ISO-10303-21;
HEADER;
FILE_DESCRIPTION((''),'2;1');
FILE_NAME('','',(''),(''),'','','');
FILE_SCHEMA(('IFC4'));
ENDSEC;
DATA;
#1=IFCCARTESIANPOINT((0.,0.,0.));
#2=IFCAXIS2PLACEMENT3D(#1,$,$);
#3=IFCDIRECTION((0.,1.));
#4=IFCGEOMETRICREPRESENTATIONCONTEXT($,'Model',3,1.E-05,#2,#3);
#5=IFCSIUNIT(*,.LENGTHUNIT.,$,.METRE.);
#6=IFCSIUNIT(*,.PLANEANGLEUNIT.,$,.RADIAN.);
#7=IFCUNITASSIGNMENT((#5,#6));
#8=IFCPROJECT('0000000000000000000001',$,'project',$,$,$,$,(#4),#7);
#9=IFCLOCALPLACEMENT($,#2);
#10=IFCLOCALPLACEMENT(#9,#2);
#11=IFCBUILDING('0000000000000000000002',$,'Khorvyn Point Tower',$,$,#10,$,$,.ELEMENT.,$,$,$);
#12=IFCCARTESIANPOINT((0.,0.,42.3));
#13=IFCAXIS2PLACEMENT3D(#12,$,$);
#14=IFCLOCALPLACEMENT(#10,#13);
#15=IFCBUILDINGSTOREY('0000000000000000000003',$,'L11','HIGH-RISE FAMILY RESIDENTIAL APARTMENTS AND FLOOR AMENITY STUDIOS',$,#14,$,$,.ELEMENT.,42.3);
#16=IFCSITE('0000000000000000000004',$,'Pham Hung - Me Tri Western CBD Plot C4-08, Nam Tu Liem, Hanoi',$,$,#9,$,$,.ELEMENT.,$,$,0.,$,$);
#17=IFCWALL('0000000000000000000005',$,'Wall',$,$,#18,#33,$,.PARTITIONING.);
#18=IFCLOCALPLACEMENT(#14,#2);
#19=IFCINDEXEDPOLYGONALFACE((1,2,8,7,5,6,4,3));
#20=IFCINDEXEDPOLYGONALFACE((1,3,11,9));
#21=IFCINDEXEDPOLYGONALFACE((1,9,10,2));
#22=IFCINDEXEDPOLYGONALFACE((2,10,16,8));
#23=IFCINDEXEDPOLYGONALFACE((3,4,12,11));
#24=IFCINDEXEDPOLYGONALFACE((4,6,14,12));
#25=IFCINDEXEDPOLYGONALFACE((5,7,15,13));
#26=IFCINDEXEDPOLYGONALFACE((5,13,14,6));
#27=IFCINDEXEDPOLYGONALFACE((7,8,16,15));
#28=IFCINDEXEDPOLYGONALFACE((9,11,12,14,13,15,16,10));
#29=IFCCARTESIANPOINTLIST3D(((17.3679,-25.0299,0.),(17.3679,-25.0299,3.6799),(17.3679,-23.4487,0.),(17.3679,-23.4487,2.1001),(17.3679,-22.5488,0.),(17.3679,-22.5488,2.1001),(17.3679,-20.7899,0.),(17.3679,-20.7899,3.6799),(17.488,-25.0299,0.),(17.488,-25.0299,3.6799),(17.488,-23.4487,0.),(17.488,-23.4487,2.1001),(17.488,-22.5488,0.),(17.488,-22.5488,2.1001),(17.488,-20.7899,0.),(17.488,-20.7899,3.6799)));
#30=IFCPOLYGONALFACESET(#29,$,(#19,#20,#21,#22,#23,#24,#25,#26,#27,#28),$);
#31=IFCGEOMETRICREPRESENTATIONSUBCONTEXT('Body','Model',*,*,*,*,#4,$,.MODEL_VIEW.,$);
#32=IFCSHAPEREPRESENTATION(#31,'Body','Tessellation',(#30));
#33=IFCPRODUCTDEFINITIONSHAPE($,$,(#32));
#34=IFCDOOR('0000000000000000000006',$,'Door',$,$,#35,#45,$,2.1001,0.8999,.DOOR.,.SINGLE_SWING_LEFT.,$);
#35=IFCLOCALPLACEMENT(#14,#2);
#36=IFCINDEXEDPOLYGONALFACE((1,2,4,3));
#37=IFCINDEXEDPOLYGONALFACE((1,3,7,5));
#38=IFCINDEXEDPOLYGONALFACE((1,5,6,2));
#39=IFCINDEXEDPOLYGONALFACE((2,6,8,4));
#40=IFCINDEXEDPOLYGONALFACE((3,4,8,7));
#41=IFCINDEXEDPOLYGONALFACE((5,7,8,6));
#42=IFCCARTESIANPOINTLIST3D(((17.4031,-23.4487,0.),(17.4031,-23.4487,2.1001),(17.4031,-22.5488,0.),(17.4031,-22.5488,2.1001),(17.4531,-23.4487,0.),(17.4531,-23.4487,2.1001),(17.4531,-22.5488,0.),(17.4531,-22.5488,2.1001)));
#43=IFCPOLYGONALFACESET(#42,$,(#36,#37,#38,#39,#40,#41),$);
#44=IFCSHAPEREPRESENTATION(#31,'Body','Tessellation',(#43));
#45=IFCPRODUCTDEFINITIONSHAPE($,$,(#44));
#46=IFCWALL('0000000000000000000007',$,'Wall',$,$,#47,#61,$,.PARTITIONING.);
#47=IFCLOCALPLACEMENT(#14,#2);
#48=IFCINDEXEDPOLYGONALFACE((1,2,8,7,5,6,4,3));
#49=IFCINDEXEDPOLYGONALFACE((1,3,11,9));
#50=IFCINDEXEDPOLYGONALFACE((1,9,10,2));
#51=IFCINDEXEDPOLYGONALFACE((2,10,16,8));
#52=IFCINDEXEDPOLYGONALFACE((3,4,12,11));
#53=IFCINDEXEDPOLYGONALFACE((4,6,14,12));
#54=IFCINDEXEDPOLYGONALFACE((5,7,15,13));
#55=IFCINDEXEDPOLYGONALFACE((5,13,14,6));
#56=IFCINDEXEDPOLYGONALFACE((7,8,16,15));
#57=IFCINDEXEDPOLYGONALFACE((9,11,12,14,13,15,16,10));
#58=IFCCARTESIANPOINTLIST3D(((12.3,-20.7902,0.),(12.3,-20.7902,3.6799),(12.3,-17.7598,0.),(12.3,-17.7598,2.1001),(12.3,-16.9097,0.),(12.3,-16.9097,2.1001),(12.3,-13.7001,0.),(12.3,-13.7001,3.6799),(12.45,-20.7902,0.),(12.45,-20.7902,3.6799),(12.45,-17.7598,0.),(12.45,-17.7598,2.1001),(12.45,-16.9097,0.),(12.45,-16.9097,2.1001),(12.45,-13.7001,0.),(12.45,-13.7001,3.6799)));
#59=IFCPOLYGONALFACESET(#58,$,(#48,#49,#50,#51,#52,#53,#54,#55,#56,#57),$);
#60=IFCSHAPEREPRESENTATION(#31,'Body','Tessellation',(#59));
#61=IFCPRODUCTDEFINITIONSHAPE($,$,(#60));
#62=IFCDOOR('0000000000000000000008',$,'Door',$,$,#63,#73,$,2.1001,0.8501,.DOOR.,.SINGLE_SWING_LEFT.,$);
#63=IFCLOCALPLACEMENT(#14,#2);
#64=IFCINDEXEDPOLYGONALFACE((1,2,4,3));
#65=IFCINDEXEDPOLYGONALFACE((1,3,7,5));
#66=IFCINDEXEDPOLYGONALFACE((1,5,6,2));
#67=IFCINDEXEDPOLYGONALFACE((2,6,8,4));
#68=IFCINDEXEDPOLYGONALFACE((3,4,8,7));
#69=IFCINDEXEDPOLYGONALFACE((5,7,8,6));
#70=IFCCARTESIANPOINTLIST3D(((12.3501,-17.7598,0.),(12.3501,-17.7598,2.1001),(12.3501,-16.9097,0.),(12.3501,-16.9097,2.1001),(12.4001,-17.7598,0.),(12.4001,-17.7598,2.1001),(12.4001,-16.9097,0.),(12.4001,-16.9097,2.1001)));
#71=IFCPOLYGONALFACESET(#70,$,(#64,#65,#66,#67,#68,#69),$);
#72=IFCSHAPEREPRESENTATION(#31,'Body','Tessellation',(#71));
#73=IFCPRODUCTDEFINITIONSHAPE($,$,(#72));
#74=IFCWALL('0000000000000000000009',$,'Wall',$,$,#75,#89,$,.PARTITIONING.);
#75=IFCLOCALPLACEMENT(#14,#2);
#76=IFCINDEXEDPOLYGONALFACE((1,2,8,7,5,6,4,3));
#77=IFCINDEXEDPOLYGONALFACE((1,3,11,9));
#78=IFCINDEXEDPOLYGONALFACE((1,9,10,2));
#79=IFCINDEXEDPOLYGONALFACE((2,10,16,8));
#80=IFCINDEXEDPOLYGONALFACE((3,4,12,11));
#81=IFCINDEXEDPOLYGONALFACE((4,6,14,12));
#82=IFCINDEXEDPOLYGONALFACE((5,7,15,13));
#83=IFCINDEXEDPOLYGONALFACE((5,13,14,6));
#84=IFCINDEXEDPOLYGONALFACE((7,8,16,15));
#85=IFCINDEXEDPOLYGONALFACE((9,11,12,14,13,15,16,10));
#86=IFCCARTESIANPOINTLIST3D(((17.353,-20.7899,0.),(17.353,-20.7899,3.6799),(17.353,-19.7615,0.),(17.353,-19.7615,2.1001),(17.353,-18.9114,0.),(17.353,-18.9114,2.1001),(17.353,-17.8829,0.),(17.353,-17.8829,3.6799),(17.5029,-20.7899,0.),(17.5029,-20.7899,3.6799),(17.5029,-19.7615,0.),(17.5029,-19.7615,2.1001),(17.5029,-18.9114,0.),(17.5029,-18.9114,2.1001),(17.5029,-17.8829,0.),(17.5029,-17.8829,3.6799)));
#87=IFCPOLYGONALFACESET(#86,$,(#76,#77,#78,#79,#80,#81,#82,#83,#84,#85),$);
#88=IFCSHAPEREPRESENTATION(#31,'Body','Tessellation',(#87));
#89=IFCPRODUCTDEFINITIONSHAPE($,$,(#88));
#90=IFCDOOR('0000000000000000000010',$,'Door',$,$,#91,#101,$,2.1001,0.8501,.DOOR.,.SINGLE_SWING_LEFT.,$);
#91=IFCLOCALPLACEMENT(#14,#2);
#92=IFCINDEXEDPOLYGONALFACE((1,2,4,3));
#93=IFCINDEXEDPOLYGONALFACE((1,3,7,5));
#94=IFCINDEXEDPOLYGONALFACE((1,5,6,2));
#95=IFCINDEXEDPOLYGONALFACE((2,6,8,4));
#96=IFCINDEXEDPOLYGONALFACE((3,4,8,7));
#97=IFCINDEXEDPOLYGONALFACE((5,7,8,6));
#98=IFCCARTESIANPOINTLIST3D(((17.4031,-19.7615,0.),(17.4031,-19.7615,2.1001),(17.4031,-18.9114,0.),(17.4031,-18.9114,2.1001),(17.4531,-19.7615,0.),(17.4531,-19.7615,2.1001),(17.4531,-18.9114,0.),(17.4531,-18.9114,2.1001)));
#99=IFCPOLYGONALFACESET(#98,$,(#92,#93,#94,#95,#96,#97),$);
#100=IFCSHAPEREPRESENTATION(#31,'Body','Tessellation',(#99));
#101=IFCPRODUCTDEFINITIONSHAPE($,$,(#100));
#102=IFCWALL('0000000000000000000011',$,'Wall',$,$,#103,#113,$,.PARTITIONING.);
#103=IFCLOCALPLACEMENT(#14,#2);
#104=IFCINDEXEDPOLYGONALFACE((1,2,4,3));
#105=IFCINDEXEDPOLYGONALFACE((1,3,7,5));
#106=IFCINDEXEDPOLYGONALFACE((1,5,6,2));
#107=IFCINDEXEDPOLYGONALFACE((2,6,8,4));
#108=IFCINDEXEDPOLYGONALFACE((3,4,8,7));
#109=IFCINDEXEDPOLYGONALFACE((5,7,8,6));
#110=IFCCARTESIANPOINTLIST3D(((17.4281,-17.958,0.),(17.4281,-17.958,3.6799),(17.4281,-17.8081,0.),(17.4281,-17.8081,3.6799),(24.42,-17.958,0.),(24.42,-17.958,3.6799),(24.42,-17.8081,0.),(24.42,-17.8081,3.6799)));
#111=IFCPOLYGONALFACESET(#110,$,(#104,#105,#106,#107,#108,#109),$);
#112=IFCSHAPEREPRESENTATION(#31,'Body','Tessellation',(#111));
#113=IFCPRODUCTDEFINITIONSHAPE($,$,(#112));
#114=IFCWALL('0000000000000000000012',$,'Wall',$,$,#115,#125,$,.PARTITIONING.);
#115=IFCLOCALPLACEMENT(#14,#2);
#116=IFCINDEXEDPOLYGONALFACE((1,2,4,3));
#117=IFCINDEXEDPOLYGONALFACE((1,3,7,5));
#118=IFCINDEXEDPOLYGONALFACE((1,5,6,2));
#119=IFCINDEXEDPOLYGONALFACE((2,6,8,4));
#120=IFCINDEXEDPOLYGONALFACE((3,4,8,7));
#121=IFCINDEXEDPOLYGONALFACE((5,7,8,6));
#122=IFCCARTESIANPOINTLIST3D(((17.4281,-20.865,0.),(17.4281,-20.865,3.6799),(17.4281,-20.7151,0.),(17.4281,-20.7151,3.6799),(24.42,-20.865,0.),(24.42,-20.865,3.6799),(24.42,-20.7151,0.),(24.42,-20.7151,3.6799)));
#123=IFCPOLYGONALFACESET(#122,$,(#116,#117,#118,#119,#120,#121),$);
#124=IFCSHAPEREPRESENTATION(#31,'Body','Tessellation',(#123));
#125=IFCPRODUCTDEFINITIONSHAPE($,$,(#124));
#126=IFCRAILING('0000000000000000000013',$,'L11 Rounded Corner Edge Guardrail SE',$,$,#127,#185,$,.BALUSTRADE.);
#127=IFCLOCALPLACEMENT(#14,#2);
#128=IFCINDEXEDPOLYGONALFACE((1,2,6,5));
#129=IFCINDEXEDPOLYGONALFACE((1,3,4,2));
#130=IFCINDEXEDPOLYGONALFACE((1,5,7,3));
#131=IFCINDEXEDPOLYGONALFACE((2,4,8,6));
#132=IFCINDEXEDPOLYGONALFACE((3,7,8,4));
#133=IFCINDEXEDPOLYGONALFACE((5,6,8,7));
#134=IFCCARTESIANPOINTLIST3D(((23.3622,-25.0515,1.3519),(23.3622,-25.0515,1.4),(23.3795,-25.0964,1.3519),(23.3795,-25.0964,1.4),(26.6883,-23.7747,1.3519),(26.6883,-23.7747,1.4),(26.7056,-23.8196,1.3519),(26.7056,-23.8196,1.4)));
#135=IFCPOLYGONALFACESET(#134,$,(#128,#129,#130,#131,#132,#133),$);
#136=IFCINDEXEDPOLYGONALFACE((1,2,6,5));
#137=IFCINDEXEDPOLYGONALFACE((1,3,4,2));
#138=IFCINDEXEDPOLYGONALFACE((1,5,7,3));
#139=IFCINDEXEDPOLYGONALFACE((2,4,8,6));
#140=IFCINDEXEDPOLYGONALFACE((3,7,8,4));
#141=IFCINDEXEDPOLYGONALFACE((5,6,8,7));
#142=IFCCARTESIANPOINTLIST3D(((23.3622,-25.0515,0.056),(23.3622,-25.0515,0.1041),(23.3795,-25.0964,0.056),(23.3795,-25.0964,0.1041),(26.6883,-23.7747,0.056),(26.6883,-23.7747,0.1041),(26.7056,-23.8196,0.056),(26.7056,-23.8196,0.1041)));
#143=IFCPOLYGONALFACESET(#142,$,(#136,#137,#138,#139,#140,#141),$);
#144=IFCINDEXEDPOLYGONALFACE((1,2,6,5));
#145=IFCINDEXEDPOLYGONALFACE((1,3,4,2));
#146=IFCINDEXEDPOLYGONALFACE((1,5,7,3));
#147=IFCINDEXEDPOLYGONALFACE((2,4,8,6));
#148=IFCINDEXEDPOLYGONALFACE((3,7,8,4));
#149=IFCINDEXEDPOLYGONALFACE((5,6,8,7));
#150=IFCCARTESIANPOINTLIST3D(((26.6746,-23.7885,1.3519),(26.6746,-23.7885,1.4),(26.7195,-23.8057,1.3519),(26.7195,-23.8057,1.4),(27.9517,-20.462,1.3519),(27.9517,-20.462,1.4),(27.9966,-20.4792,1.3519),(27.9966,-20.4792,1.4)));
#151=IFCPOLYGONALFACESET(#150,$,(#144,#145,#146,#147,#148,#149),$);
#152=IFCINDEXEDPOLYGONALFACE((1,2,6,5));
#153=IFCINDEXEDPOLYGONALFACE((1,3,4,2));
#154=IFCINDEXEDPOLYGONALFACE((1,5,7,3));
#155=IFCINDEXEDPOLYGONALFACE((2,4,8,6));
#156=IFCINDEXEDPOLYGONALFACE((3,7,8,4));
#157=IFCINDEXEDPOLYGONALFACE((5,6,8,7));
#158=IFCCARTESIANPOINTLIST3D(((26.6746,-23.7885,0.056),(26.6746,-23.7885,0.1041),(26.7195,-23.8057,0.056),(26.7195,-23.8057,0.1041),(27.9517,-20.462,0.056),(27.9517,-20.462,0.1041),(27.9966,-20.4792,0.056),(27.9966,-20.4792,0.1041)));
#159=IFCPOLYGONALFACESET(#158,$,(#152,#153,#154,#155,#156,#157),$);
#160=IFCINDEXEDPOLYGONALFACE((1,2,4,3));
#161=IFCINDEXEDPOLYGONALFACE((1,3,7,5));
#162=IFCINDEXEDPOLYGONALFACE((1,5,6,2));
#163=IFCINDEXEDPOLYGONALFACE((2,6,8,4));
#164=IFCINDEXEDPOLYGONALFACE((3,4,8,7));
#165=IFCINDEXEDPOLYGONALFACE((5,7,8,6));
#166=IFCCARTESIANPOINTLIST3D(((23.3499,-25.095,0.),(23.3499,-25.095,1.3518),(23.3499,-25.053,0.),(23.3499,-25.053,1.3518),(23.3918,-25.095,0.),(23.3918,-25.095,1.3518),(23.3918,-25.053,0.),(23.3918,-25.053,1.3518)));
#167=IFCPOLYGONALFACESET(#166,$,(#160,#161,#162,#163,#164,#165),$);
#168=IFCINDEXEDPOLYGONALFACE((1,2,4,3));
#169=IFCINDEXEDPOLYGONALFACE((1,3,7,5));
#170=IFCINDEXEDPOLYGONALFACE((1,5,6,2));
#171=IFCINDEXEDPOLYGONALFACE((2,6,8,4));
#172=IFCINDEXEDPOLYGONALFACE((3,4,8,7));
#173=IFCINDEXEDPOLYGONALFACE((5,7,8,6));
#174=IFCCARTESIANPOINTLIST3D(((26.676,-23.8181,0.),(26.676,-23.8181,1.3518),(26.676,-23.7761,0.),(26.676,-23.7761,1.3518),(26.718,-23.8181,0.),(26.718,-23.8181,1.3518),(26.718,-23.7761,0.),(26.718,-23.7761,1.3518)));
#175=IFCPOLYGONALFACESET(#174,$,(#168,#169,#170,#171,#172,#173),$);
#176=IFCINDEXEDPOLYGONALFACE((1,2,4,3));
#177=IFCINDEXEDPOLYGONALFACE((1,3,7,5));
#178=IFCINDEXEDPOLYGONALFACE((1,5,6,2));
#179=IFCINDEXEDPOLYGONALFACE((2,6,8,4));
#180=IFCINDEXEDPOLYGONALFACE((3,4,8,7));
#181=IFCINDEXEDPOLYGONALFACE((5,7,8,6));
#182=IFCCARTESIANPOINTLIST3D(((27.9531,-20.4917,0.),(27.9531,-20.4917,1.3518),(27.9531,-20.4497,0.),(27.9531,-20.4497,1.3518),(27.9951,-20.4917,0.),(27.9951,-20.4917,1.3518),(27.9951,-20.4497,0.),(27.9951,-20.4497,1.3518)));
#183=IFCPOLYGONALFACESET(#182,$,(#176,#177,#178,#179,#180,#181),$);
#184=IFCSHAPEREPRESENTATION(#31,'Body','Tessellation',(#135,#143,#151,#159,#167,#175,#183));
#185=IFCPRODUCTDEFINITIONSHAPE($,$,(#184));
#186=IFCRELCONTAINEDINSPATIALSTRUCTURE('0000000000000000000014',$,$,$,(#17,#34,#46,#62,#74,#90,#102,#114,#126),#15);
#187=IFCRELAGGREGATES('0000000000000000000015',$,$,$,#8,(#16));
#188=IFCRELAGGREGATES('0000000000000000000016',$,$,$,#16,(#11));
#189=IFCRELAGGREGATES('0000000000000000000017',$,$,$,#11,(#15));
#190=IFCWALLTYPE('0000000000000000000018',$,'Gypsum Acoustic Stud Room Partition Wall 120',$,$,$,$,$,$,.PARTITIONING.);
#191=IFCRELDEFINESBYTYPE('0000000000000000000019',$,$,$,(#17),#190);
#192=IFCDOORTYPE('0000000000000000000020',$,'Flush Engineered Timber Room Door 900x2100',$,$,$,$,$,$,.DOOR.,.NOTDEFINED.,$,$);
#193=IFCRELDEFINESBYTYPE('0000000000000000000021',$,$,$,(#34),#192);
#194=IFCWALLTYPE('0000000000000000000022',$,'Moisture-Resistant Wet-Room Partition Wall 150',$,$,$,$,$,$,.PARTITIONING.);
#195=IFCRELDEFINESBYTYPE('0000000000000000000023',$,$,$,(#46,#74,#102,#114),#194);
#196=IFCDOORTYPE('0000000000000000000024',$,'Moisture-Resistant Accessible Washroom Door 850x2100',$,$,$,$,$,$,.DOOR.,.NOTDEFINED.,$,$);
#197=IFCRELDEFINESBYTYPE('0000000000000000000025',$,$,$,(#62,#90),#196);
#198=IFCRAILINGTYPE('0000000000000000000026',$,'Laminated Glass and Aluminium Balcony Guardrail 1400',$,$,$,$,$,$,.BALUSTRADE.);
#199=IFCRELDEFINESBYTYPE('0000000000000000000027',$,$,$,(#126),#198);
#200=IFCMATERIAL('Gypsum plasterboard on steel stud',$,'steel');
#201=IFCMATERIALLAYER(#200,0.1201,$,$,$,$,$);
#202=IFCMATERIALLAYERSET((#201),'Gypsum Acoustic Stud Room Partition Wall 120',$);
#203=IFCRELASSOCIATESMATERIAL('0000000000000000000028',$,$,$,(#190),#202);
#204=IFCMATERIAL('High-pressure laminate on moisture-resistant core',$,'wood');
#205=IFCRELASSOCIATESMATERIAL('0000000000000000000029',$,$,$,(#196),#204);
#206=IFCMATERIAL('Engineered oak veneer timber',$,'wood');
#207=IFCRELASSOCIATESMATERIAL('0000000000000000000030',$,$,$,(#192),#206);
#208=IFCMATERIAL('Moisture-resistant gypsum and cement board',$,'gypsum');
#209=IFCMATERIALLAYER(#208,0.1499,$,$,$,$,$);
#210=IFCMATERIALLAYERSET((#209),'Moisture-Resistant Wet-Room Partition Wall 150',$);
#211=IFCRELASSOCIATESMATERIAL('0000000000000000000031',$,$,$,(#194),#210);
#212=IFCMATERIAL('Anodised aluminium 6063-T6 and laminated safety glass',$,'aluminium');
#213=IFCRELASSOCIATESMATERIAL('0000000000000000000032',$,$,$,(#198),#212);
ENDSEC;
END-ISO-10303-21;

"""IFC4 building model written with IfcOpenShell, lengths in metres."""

from ifc_helpers import new_model, si_unit, direction, frame, frame_2d, origin, origin_2d, place, context, subcontext, project, spatial, rectangle, extrude, material, layer, layer_set, type_object, element, fill, save


model = new_model("IFC4")

# Units and contexts
model_context = context("Model", 3, precision=1e-05, world=origin(), true_north=direction((0.0, 1.0)))
body_context = subcontext(model_context, "Body", "Model", "MODEL_VIEW")
ifc_project = project(units=[si_unit("LENGTHUNIT", "METRE"), si_unit("PLANEANGLEUNIT", "RADIAN")], contexts=[model_context])

# Site, building, storey
site_placement = place(None, origin())
site = spatial("IfcSite", under=ifc_project, at=site_placement, Name="Pham Hung - Me Tri Western CBD Plot C4-08, Nam Tu Liem, Hanoi", CompositionType="ELEMENT", RefElevation=0.0)
building_placement = place(site_placement, origin())
building = spatial("IfcBuilding", under=site, at=building_placement, Name="Khorvyn Point Tower", CompositionType="ELEMENT")
storey_placement = place(building_placement, frame((0.0, 0.0, 42.3)))
storey = spatial("IfcBuildingStorey", under=building, at=storey_placement, Name="L11", Description="HIGH-RISE FAMILY RESIDENTIAL APARTMENTS AND FLOOR AMENITY STUDIOS", CompositionType="ELEMENT", Elevation=42.3)

# Walls, openings, doors
ifc_material_1 = material(Name="Gypsum plasterboard on steel stud", Category="steel")
ifc_layer_1 = layer(ifc_material_1, 0.1201)
ifc_layer_set_1 = layer_set([ifc_layer_1], Name="Gypsum Acoustic Stud Room Partition Wall 120")
wall_type_1 = type_object("IfcWallType", Name="Gypsum Acoustic Stud Room Partition Wall 120", PredefinedType="PARTITIONING", material=ifc_layer_set_1)
ifc_material_2 = material(Name="High-pressure laminate on moisture-resistant core", Category="wood")
door_type_1 = type_object("IfcDoorType", Name="Moisture-Resistant Accessible Washroom Door 850x2100", OperationType="NOTDEFINED", PredefinedType="DOOR", material=ifc_material_2)
wall_1_placement = place(storey_placement, frame((17.428, -25.03, 0.0), z_axis=(0.0, 0.0, 1.0), x_axis=(0.0, 1.0, 0.0)))
wall_1 = element("IfcWall", 1, at=wall_1_placement, inside=storey, type_object=wall_type_1, Name="Wall", PredefinedType="PARTITIONING", context=body_context, shape_type="SweptSolid", body=[
    extrude(rectangle(XDim=4.24, YDim=0.1201, at=frame_2d((2.1201, 0.0))), origin(), (0.0, 0.0, 1.0), 3.6799),
])
opening_1_placement = place(wall_1_placement, frame((1.5813, 0.0, 0.0)))
opening_1 = element("IfcOpeningElement", 2, at=opening_1_placement, cuts=wall_1, PredefinedType="OPENING", context=body_context, shape_type="SweptSolid", body=[
    extrude(rectangle(XDim=0.8999, YDim=2.1001, at=frame_2d((0.45, 1.05))), frame((0.0, 0.0701, 0.0), z_axis=(0.0, -1.0, 0.0), x_axis=(1.0, 0.0, 0.0)), (0.0, 0.0, 1.0), 0.1401),
])
ifc_material_3 = material(Name="Engineered oak veneer timber", Category="wood")
door_type_2 = type_object("IfcDoorType", Name="Flush Engineered Timber Room Door 900x2100", OperationType="NOTDEFINED", PredefinedType="DOOR", material=ifc_material_3)
door_1_placement = place(opening_1_placement, origin())
door_1 = element("IfcDoor", 3, at=door_1_placement, inside=storey, type_object=door_type_2, Name="Door", OperationType="SINGLE_SWING_LEFT", OverallHeight=2.1001, OverallWidth=0.8999, PredefinedType="DOOR", context=body_context, shape_type="SweptSolid", body=[
    extrude(rectangle(XDim=0.8999, YDim=2.1001, at=frame_2d((0.45, 1.05))), frame((0.0, 0.0249, 0.0), z_axis=(0.0, -1.0, 0.0), x_axis=(1.0, 0.0, 0.0)), (0.0, 0.0, 1.0), 0.05),
])
fill(opening_1, door_1)
ifc_material_4 = material(Name="Moisture-resistant gypsum and cement board", Category="gypsum")
ifc_layer_2 = layer(ifc_material_4, 0.1499)
ifc_layer_set_2 = layer_set([ifc_layer_2], Name="Moisture-Resistant Wet-Room Partition Wall 150")
wall_type_2 = type_object("IfcWallType", Name="Moisture-Resistant Wet-Room Partition Wall 150", PredefinedType="PARTITIONING", material=ifc_layer_set_2)
wall_2_placement = place(storey_placement, frame((12.375, -20.79, 0.0), z_axis=(0.0, 0.0, 1.0), x_axis=(0.0, 1.0, 0.0)))
wall_2 = element("IfcWall", 4, at=wall_2_placement, inside=storey, type_object=wall_type_2, Name="Wall", PredefinedType="PARTITIONING", context=body_context, shape_type="SweptSolid", body=[
    extrude(rectangle(XDim=7.0901, YDim=0.1499, at=frame_2d((3.5449, 0.0))), origin(), (0.0, 0.0, 1.0), 3.6799),
])
opening_2_placement = place(wall_2_placement, frame((3.0303, 0.0, 0.0)))
opening_2 = element("IfcOpeningElement", 5, at=opening_2_placement, cuts=wall_2, PredefinedType="OPENING", context=body_context, shape_type="SweptSolid", body=[
    extrude(rectangle(XDim=0.8501, YDim=2.1001, at=frame_2d((0.425, 1.05))), frame((0.0, 0.085, 0.0), z_axis=(0.0, -1.0, 0.0), x_axis=(1.0, 0.0, 0.0)), (0.0, 0.0, 1.0), 0.1699),
])
door_2_placement = place(opening_2_placement, origin())
door_2 = element("IfcDoor", 6, at=door_2_placement, inside=storey, type_object=door_type_1, Name="Door", OperationType="SINGLE_SWING_LEFT", OverallHeight=2.1001, OverallWidth=0.8501, PredefinedType="DOOR", context=body_context, shape_type="SweptSolid", body=[
    extrude(rectangle(XDim=0.8501, YDim=2.1001, at=frame_2d((0.425, 1.05))), frame((0.0, 0.0249, 0.0), z_axis=(0.0, -1.0, 0.0), x_axis=(1.0, 0.0, 0.0)), (0.0, 0.0, 1.0), 0.05),
])
fill(opening_2, door_2)
wall_3_placement = place(storey_placement, frame((17.428, -20.79, 0.0), z_axis=(0.0, 0.0, 1.0), x_axis=(0.0, 1.0, 0.0)))
wall_3 = element("IfcWall", 7, at=wall_3_placement, inside=storey, type_object=wall_type_2, Name="Wall", PredefinedType="PARTITIONING", context=body_context, shape_type="SweptSolid", body=[
    extrude(rectangle(XDim=2.907, YDim=0.1499, at=frame_2d((1.4536, 0.0))), origin(), (0.0, 0.0, 1.0), 3.6799),
])
opening_3_placement = place(wall_3_placement, frame((1.0286, 0.0, 0.0)))
opening_3 = element("IfcOpeningElement", 8, at=opening_3_placement, cuts=wall_3, PredefinedType="OPENING", context=body_context, shape_type="SweptSolid", body=[
    extrude(rectangle(XDim=0.8501, YDim=2.1001, at=frame_2d((0.425, 1.05))), frame((0.0, 0.085, 0.0), z_axis=(0.0, -1.0, 0.0), x_axis=(1.0, 0.0, 0.0)), (0.0, 0.0, 1.0), 0.1699),
])
door_3_placement = place(opening_3_placement, origin())
door_3 = element("IfcDoor", 9, at=door_3_placement, inside=storey, type_object=door_type_1, Name="Door", OperationType="SINGLE_SWING_LEFT", OverallHeight=2.1001, OverallWidth=0.8501, PredefinedType="DOOR", context=body_context, shape_type="SweptSolid", body=[
    extrude(rectangle(XDim=0.8501, YDim=2.1001, at=frame_2d((0.425, 1.05))), frame((0.0, 0.0249, 0.0), z_axis=(0.0, -1.0, 0.0), x_axis=(1.0, 0.0, 0.0)), (0.0, 0.0, 1.0), 0.05),
])
fill(opening_3, door_3)

# Walls
for number, where, z_axis, x_axis, name in (
    (10, (17.428, -17.8831, 0.0), (0.0, 0.0, 1.0), (1.0, 0.0, 0.0), "Wall"),
    (11, (17.428, -20.79, 0.0), (0.0, 0.0, 1.0), (1.0, 0.0, 0.0), "Wall"),
):
    element("IfcWall", number, at=place(storey_placement, frame(where, z_axis=z_axis, x_axis=x_axis)), inside=storey, type_object=wall_type_2, Name=name, PredefinedType="PARTITIONING", context=body_context, shape_type="SweptSolid", body=[
        extrude(rectangle(XDim=6.9919, YDim=0.1499, at=frame_2d((3.4961, 0.0))), origin(), (0.0, 0.0, 1.0), 3.6799),
    ])

# Railing
ifc_material_5 = material(Name="Anodised aluminium 6063-T6 and laminated safety glass", Category="aluminium")
railing_type = type_object("IfcRailingType", Name="Laminated Glass and Aluminium Balcony Guardrail 1400", PredefinedType="BALUSTRADE", material=ifc_material_5)
railing_1_placement = place(storey_placement, frame((23.3708, -25.074, 0.0)))
element("IfcRailing", 12, at=railing_1_placement, inside=storey, type_object=railing_type, Name="L11 Rounded Corner Edge Guardrail SE", PredefinedType="BALUSTRADE", context=body_context, shape_type="SweptSolid", body=[
    extrude(rectangle(XDim=0.0481, YDim=0.0481, at=origin_2d()), frame((0.0, 0.0, 1.376), z_axis=(0.933575, 0.358382, 0.0), x_axis=(-0.358382, 0.933575, 0.0)), (0.0, 0.0, 1.0), 3.5627),
    extrude(rectangle(XDim=0.0481, YDim=0.0481, at=origin_2d()), frame((0.0, 0.0, 0.0801), z_axis=(0.933575, 0.358382, 0.0), x_axis=(-0.358382, 0.933575, 0.0)), (0.0, 0.0, 1.0), 3.5627),
    extrude(rectangle(XDim=0.0481, YDim=0.0481, at=origin_2d()), frame((3.3262, 1.2769, 1.376), z_axis=(0.358419, 0.933561, 0.0), x_axis=(-0.933561, 0.358419, 0.0)), (0.0, 0.0, 1.0), 3.5632),
    extrude(rectangle(XDim=0.0481, YDim=0.0481, at=origin_2d()), frame((3.3262, 1.2769, 0.0801), z_axis=(0.358419, 0.933561, 0.0), x_axis=(-0.933561, 0.358419, 0.0)), (0.0, 0.0, 1.0), 3.5632),
    extrude(rectangle(XDim=0.042, YDim=0.042, at=origin_2d()), origin(), (0.0, 0.0, 1.0), 1.3518),
    extrude(rectangle(XDim=0.042, YDim=0.042, at=origin_2d()), frame((3.3262, 1.2769, 0.0)), (0.0, 0.0, 1.0), 1.3518),
    extrude(rectangle(XDim=0.042, YDim=0.042, at=origin_2d()), frame((4.6033, 4.6033, 0.0)), (0.0, 0.0, 1.0), 1.3518),
])

save(model, "model.ifc")
